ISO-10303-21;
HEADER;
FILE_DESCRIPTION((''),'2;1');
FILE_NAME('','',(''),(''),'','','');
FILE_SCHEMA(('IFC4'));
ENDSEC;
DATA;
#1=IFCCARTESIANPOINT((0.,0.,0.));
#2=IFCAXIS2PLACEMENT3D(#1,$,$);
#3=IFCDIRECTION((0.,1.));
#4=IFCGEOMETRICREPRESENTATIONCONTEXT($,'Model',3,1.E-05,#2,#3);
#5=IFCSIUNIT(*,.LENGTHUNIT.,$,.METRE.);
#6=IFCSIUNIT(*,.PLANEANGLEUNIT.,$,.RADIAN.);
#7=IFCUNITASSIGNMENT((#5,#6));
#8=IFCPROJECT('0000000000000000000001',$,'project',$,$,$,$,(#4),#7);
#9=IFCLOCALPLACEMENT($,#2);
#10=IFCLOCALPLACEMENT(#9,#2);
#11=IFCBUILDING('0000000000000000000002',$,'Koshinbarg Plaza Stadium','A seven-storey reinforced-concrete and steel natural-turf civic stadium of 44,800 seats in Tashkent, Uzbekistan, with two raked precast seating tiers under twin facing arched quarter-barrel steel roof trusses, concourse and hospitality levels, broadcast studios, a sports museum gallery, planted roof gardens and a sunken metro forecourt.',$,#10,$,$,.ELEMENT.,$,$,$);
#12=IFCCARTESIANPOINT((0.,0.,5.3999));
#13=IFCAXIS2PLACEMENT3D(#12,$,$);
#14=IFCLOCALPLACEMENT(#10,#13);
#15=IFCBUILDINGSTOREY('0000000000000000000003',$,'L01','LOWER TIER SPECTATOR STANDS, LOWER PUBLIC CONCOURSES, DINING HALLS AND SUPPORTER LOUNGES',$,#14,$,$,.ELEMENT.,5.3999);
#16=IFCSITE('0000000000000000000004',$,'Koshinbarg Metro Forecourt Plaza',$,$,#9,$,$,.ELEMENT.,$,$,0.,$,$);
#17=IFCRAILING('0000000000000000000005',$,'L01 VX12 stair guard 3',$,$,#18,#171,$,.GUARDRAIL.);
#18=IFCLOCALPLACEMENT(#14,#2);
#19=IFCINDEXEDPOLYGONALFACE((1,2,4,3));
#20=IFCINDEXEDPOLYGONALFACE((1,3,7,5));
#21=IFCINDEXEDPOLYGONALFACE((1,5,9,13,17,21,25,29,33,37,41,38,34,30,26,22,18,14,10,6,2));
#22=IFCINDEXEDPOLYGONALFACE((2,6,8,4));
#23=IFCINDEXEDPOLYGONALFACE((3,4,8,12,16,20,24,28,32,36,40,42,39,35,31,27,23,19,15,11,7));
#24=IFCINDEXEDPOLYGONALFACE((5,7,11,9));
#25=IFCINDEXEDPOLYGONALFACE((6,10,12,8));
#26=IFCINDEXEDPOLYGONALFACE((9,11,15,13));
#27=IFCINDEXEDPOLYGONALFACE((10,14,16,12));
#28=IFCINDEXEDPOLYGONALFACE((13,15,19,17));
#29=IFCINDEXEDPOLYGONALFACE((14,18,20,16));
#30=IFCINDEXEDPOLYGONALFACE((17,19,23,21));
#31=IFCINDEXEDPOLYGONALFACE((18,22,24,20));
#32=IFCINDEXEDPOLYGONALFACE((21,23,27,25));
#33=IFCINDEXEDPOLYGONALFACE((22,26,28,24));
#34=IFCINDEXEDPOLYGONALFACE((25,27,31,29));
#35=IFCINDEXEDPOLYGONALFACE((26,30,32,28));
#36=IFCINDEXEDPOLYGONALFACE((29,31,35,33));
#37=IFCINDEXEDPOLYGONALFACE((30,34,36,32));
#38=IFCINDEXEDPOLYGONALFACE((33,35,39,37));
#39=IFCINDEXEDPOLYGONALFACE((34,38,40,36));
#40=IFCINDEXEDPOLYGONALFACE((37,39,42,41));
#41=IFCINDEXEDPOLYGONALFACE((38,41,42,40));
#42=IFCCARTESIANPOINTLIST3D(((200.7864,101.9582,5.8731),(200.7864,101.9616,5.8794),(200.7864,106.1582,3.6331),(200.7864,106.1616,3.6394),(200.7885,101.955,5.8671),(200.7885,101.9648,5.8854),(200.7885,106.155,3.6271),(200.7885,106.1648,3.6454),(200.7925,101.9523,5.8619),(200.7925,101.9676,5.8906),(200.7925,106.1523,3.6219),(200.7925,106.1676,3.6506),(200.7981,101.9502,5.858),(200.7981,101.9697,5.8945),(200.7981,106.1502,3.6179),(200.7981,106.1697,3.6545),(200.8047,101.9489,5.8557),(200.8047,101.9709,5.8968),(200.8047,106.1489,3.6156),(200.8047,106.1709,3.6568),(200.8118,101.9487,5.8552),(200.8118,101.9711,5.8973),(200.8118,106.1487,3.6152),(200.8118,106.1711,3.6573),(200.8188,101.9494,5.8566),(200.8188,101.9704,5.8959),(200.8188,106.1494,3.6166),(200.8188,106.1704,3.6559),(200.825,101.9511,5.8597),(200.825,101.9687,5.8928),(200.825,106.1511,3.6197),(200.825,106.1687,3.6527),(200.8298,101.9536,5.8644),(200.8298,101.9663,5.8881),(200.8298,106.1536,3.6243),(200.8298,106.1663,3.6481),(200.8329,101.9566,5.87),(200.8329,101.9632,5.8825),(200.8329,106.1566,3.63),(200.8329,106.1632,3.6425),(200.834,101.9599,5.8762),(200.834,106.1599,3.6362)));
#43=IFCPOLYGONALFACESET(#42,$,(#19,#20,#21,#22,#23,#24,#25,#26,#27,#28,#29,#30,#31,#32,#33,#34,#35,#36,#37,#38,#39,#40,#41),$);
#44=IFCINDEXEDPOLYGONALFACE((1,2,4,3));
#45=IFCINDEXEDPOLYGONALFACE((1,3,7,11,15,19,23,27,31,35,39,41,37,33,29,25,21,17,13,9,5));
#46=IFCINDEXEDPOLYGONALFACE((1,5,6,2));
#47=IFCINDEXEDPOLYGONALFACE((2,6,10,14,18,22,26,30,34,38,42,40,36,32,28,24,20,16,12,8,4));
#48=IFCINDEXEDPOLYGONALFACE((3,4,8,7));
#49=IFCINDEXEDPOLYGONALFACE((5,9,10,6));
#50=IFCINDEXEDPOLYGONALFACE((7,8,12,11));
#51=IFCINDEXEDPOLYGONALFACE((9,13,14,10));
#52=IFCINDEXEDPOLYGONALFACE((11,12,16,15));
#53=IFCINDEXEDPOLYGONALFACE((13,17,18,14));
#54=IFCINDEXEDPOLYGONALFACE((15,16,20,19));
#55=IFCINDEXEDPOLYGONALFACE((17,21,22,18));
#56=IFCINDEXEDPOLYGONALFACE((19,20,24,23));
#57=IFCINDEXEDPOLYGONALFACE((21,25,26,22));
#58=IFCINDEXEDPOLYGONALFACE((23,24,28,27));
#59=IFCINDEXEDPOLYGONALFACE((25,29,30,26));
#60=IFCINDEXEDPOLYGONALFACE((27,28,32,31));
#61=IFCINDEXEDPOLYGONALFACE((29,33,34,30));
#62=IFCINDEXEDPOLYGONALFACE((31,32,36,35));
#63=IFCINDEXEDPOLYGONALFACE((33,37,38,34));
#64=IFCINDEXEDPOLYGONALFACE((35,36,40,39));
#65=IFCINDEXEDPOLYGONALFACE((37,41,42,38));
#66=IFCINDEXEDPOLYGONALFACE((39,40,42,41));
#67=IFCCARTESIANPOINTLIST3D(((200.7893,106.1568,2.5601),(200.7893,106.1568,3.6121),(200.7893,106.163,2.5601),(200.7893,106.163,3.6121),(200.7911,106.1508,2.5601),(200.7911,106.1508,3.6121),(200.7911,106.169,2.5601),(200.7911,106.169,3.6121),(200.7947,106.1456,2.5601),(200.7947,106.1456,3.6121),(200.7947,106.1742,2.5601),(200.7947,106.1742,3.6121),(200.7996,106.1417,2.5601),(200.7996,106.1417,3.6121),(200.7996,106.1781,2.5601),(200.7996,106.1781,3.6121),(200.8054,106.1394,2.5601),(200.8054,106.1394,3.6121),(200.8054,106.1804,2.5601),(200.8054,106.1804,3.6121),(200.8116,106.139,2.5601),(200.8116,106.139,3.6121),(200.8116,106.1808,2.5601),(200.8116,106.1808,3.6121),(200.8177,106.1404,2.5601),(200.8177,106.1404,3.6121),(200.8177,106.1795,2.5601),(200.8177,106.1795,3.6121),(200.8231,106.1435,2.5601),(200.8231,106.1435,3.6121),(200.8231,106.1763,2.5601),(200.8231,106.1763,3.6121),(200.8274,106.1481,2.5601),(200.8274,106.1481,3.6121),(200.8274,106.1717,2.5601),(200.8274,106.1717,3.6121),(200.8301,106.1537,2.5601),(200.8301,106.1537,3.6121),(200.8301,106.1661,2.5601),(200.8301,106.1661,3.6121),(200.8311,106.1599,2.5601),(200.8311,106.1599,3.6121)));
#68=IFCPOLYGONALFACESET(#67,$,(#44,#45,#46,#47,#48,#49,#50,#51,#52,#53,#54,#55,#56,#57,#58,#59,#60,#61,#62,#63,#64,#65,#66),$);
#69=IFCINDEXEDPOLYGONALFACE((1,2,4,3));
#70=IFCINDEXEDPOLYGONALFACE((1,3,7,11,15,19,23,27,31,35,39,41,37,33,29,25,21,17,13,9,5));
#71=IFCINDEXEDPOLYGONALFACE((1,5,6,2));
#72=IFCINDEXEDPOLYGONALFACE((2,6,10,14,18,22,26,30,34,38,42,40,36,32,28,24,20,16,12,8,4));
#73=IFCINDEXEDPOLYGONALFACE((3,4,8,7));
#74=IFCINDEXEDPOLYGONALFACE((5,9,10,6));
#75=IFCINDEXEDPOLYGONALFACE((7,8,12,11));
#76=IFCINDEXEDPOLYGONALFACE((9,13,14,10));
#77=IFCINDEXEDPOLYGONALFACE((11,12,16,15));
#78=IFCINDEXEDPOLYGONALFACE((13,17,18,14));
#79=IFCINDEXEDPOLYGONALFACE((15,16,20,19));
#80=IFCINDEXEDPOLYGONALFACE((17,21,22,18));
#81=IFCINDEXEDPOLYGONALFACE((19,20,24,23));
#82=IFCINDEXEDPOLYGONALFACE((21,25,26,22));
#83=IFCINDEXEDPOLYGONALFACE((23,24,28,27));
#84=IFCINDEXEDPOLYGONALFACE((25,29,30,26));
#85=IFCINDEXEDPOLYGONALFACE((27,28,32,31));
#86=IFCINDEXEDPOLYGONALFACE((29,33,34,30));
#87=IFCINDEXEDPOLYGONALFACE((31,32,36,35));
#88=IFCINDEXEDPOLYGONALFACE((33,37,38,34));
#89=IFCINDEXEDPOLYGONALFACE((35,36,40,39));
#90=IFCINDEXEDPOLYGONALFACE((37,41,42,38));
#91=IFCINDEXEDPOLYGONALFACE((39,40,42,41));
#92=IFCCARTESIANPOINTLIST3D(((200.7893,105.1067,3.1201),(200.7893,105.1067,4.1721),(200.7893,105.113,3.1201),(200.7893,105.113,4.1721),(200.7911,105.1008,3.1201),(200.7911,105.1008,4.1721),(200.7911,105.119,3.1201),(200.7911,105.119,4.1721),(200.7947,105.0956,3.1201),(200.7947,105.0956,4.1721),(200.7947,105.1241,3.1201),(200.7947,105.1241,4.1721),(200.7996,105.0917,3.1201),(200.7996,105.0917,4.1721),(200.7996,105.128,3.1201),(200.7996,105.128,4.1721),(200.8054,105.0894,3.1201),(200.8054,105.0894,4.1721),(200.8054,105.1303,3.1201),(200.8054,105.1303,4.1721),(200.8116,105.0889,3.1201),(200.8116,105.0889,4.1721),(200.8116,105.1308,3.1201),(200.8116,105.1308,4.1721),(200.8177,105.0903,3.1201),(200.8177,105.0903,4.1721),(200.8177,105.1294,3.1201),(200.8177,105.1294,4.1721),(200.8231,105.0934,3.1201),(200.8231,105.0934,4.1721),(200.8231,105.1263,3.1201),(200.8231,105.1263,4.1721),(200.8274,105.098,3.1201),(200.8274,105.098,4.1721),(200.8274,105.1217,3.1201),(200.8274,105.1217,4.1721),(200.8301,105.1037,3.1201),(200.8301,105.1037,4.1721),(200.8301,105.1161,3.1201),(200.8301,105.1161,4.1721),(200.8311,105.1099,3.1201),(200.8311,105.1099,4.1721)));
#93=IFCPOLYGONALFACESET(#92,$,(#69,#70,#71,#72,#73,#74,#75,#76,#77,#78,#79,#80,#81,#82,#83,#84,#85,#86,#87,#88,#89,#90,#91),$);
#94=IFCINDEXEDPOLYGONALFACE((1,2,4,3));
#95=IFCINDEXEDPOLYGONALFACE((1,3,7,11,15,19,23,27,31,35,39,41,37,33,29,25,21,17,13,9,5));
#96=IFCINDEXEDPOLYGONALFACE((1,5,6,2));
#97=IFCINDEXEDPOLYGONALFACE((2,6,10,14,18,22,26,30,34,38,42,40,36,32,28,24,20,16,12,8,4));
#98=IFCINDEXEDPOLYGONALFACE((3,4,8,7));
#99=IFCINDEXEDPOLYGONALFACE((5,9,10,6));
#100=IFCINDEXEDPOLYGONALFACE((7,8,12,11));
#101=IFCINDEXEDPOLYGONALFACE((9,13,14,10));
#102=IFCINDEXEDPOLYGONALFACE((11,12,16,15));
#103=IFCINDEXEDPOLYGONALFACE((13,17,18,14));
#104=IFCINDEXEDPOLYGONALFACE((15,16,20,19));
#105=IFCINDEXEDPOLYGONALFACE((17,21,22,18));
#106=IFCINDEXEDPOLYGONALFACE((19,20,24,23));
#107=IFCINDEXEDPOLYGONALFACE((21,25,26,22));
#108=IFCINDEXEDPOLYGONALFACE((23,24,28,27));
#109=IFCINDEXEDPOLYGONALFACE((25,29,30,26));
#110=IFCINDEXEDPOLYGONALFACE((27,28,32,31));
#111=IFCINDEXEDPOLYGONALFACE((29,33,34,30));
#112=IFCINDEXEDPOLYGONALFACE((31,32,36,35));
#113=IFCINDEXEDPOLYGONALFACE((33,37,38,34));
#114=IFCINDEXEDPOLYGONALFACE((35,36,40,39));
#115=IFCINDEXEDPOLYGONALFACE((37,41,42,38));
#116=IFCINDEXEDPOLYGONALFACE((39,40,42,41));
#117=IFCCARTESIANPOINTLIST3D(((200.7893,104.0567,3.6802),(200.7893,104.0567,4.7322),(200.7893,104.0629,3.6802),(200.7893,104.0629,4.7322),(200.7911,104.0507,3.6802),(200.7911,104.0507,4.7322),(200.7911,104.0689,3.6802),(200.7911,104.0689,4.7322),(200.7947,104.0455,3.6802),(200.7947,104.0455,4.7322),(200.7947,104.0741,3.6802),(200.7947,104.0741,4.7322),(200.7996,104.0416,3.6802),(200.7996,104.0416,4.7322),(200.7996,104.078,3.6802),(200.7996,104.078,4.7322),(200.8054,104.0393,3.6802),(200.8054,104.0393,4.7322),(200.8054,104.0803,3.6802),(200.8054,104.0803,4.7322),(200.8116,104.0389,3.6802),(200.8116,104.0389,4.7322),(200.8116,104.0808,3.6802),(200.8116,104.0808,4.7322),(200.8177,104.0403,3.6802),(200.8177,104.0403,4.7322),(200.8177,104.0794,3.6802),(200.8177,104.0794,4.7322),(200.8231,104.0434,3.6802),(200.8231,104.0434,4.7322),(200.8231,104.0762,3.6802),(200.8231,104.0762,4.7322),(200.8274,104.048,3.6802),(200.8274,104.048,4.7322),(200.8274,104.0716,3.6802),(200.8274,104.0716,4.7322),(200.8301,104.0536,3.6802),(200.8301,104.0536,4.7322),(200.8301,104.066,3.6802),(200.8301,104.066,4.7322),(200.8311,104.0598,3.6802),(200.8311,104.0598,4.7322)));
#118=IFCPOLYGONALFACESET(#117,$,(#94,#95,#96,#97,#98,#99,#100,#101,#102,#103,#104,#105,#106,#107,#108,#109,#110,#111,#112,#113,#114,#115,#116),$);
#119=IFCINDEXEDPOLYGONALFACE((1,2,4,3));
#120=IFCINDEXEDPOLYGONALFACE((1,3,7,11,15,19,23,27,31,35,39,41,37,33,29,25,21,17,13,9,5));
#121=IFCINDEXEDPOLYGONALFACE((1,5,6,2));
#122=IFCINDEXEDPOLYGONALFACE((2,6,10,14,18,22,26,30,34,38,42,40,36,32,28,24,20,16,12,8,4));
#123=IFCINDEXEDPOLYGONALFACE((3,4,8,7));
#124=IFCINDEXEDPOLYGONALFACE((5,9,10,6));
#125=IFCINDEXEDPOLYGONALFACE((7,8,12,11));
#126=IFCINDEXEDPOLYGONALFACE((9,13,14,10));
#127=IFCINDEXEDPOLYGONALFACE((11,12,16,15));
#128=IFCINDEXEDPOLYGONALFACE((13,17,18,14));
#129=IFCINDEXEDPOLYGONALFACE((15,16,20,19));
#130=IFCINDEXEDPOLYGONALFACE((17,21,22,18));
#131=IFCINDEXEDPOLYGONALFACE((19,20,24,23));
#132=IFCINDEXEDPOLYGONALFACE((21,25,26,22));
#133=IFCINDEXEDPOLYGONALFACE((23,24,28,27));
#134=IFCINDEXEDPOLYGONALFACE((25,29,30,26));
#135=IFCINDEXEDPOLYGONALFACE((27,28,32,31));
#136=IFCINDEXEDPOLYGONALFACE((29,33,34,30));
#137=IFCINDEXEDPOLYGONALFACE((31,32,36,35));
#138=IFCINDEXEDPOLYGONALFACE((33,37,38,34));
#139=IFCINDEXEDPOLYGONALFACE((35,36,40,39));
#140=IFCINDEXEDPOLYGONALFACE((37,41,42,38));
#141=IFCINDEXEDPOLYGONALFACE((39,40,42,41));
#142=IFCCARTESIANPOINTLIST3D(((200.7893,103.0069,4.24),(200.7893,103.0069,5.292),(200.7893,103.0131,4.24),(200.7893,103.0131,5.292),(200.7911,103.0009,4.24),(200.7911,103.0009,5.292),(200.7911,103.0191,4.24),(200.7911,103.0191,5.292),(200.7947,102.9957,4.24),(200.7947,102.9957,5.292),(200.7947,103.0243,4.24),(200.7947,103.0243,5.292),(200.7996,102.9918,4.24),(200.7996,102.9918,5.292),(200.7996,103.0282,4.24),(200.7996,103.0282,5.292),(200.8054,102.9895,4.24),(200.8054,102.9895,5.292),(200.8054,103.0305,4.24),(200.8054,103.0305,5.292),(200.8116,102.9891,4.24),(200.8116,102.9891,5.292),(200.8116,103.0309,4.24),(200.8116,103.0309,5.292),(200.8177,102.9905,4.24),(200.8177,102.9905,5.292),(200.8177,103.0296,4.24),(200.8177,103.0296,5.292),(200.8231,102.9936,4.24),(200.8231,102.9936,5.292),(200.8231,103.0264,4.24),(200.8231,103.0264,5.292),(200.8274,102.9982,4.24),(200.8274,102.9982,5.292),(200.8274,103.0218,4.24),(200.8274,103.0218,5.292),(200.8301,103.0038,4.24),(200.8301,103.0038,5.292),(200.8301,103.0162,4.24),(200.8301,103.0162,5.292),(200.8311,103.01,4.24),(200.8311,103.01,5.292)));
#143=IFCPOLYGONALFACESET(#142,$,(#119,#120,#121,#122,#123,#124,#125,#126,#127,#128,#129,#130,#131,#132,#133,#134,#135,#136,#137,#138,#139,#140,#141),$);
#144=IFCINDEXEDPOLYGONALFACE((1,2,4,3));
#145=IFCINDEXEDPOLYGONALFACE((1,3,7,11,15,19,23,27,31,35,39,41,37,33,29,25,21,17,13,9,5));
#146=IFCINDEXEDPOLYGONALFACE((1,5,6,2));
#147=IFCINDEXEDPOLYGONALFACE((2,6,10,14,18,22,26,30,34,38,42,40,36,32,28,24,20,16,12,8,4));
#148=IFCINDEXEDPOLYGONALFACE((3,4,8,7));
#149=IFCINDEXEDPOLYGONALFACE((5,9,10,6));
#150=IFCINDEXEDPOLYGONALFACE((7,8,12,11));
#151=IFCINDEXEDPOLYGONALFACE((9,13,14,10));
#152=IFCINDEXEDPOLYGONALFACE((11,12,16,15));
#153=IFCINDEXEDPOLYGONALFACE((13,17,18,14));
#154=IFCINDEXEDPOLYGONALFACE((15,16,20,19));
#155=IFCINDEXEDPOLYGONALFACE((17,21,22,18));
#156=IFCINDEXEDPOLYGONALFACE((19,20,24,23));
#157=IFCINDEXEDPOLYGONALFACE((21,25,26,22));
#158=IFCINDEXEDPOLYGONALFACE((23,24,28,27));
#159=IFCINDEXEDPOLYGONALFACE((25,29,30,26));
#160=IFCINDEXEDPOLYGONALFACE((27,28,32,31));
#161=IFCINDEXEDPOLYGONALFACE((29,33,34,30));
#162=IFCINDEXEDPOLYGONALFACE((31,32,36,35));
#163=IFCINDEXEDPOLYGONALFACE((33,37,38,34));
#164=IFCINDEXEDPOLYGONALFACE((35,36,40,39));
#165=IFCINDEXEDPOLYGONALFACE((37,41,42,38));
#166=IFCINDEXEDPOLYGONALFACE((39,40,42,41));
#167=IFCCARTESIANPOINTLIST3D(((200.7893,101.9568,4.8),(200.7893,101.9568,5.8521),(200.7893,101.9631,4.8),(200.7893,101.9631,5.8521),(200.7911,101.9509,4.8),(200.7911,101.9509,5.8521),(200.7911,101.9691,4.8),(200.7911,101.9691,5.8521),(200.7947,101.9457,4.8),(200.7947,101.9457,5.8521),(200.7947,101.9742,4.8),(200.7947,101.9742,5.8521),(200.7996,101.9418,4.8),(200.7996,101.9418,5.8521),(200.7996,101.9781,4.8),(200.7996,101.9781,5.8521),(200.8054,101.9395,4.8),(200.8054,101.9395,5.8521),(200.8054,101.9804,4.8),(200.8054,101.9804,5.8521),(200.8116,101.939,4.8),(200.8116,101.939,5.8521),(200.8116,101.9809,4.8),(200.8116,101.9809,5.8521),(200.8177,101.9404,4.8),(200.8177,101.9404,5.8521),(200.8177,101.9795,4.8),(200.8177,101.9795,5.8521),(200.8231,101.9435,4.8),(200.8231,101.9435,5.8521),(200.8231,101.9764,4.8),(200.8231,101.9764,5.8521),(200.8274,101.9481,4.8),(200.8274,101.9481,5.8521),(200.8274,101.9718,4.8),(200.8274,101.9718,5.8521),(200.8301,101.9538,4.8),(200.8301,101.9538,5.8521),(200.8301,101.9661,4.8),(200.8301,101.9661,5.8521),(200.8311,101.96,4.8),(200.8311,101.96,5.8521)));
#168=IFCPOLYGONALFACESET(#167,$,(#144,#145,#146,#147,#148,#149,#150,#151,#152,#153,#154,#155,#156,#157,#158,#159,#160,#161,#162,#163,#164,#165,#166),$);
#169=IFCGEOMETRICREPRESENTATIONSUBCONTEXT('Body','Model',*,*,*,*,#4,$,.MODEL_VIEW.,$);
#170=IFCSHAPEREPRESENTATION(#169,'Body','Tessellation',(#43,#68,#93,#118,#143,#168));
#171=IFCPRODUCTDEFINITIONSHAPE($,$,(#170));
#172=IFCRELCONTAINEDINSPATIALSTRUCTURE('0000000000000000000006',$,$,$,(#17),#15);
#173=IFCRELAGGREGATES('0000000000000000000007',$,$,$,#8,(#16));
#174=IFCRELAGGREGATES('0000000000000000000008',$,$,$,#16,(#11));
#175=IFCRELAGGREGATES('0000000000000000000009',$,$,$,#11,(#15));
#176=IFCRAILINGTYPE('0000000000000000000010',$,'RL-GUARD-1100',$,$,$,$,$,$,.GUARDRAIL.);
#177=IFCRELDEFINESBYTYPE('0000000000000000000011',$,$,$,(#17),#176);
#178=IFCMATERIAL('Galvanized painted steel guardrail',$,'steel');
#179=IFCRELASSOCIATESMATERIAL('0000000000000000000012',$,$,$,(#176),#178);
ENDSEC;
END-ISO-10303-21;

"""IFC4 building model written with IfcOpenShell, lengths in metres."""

from ifc_helpers import new_model, si_unit, direction, frame, origin, origin_2d, place, context, subcontext, project, spatial, circle, extrude, material, type_object, element, save


model = new_model("IFC4")

# Units and contexts
model_context = context("Model", 3, precision=1e-05, world=origin(), true_north=direction((0.0, 1.0)))
body_context = subcontext(model_context, "Body", "Model", "MODEL_VIEW")
ifc_project = project(units=[si_unit("LENGTHUNIT", "METRE"), si_unit("PLANEANGLEUNIT", "RADIAN")], contexts=[model_context])

# Site, building, storey
site_placement = place(None, origin())
site = spatial("IfcSite", under=ifc_project, at=site_placement, Name="Koshinbarg Metro Forecourt Plaza", CompositionType="ELEMENT", RefElevation=0.0)
building_placement = place(site_placement, origin())
building = spatial("IfcBuilding", under=site, at=building_placement, Name="Koshinbarg Plaza Stadium", Description="A seven-storey reinforced-concrete and steel natural-turf civic stadium of 44,800 seats in Tashkent, Uzbekistan, with two raked precast seating tiers under twin facing arched quarter-barrel steel roof trusses, concourse and hospitality levels, broadcast studios, a sports museum gallery, planted roof gardens and a sunken metro forecourt.", CompositionType="ELEMENT")
storey_placement = place(building_placement, frame((0.0, 0.0, 5.3999)))
storey = spatial("IfcBuildingStorey", under=building, at=storey_placement, Name="L01", Description="LOWER TIER SPECTATOR STANDS, LOWER PUBLIC CONCOURSES, DINING HALLS AND SUPPORTER LOUNGES", CompositionType="ELEMENT", Elevation=5.3999)

# Railing
ifc_material_1 = material(Name="Galvanized painted steel guardrail", Category="steel")
railing_type_1 = type_object("IfcRailingType", Name="RL-GUARD-1100", PredefinedType="GUARDRAIL", material=ifc_material_1)
railing_1_placement = place(storey_placement, frame((200.8101, 106.1599, 2.5601)))
element("IfcRailing", 1, at=railing_1_placement, inside=storey, type_object=railing_type_1, Name="L01 VX12 stair guard 3", PredefinedType="GUARDRAIL", context=body_context, shape_type="SweptSolid", body=[
    extrude(circle(Radius=0.0239, at=origin_2d()), frame((0.0, 0.0, 1.0762), z_axis=(0.0, -0.882352, 0.470591), x_axis=(1.0, 0.0, 0.0)), (0.0, 0.0, 1.0), 4.76),
    extrude(circle(Radius=0.021, at=origin_2d()), origin(), (0.0, 0.0, 1.0), 1.052),
    extrude(circle(Radius=0.021, at=origin_2d()), frame((0.0, -1.05, 0.5601)), (0.0, 0.0, 1.0), 1.052),
    extrude(circle(Radius=0.021, at=origin_2d()), frame((0.0, -2.1001, 1.1201)), (0.0, 0.0, 1.0), 1.052),
    extrude(circle(Radius=0.021, at=origin_2d()), frame((0.0, -3.1499, 1.6799)), (0.0, 0.0, 1.0), 1.052),
    extrude(circle(Radius=0.021, at=origin_2d()), frame((0.0, -4.2, 2.24)), (0.0, 0.0, 1.0), 1.052),
])

save(model, "model.ifc")
